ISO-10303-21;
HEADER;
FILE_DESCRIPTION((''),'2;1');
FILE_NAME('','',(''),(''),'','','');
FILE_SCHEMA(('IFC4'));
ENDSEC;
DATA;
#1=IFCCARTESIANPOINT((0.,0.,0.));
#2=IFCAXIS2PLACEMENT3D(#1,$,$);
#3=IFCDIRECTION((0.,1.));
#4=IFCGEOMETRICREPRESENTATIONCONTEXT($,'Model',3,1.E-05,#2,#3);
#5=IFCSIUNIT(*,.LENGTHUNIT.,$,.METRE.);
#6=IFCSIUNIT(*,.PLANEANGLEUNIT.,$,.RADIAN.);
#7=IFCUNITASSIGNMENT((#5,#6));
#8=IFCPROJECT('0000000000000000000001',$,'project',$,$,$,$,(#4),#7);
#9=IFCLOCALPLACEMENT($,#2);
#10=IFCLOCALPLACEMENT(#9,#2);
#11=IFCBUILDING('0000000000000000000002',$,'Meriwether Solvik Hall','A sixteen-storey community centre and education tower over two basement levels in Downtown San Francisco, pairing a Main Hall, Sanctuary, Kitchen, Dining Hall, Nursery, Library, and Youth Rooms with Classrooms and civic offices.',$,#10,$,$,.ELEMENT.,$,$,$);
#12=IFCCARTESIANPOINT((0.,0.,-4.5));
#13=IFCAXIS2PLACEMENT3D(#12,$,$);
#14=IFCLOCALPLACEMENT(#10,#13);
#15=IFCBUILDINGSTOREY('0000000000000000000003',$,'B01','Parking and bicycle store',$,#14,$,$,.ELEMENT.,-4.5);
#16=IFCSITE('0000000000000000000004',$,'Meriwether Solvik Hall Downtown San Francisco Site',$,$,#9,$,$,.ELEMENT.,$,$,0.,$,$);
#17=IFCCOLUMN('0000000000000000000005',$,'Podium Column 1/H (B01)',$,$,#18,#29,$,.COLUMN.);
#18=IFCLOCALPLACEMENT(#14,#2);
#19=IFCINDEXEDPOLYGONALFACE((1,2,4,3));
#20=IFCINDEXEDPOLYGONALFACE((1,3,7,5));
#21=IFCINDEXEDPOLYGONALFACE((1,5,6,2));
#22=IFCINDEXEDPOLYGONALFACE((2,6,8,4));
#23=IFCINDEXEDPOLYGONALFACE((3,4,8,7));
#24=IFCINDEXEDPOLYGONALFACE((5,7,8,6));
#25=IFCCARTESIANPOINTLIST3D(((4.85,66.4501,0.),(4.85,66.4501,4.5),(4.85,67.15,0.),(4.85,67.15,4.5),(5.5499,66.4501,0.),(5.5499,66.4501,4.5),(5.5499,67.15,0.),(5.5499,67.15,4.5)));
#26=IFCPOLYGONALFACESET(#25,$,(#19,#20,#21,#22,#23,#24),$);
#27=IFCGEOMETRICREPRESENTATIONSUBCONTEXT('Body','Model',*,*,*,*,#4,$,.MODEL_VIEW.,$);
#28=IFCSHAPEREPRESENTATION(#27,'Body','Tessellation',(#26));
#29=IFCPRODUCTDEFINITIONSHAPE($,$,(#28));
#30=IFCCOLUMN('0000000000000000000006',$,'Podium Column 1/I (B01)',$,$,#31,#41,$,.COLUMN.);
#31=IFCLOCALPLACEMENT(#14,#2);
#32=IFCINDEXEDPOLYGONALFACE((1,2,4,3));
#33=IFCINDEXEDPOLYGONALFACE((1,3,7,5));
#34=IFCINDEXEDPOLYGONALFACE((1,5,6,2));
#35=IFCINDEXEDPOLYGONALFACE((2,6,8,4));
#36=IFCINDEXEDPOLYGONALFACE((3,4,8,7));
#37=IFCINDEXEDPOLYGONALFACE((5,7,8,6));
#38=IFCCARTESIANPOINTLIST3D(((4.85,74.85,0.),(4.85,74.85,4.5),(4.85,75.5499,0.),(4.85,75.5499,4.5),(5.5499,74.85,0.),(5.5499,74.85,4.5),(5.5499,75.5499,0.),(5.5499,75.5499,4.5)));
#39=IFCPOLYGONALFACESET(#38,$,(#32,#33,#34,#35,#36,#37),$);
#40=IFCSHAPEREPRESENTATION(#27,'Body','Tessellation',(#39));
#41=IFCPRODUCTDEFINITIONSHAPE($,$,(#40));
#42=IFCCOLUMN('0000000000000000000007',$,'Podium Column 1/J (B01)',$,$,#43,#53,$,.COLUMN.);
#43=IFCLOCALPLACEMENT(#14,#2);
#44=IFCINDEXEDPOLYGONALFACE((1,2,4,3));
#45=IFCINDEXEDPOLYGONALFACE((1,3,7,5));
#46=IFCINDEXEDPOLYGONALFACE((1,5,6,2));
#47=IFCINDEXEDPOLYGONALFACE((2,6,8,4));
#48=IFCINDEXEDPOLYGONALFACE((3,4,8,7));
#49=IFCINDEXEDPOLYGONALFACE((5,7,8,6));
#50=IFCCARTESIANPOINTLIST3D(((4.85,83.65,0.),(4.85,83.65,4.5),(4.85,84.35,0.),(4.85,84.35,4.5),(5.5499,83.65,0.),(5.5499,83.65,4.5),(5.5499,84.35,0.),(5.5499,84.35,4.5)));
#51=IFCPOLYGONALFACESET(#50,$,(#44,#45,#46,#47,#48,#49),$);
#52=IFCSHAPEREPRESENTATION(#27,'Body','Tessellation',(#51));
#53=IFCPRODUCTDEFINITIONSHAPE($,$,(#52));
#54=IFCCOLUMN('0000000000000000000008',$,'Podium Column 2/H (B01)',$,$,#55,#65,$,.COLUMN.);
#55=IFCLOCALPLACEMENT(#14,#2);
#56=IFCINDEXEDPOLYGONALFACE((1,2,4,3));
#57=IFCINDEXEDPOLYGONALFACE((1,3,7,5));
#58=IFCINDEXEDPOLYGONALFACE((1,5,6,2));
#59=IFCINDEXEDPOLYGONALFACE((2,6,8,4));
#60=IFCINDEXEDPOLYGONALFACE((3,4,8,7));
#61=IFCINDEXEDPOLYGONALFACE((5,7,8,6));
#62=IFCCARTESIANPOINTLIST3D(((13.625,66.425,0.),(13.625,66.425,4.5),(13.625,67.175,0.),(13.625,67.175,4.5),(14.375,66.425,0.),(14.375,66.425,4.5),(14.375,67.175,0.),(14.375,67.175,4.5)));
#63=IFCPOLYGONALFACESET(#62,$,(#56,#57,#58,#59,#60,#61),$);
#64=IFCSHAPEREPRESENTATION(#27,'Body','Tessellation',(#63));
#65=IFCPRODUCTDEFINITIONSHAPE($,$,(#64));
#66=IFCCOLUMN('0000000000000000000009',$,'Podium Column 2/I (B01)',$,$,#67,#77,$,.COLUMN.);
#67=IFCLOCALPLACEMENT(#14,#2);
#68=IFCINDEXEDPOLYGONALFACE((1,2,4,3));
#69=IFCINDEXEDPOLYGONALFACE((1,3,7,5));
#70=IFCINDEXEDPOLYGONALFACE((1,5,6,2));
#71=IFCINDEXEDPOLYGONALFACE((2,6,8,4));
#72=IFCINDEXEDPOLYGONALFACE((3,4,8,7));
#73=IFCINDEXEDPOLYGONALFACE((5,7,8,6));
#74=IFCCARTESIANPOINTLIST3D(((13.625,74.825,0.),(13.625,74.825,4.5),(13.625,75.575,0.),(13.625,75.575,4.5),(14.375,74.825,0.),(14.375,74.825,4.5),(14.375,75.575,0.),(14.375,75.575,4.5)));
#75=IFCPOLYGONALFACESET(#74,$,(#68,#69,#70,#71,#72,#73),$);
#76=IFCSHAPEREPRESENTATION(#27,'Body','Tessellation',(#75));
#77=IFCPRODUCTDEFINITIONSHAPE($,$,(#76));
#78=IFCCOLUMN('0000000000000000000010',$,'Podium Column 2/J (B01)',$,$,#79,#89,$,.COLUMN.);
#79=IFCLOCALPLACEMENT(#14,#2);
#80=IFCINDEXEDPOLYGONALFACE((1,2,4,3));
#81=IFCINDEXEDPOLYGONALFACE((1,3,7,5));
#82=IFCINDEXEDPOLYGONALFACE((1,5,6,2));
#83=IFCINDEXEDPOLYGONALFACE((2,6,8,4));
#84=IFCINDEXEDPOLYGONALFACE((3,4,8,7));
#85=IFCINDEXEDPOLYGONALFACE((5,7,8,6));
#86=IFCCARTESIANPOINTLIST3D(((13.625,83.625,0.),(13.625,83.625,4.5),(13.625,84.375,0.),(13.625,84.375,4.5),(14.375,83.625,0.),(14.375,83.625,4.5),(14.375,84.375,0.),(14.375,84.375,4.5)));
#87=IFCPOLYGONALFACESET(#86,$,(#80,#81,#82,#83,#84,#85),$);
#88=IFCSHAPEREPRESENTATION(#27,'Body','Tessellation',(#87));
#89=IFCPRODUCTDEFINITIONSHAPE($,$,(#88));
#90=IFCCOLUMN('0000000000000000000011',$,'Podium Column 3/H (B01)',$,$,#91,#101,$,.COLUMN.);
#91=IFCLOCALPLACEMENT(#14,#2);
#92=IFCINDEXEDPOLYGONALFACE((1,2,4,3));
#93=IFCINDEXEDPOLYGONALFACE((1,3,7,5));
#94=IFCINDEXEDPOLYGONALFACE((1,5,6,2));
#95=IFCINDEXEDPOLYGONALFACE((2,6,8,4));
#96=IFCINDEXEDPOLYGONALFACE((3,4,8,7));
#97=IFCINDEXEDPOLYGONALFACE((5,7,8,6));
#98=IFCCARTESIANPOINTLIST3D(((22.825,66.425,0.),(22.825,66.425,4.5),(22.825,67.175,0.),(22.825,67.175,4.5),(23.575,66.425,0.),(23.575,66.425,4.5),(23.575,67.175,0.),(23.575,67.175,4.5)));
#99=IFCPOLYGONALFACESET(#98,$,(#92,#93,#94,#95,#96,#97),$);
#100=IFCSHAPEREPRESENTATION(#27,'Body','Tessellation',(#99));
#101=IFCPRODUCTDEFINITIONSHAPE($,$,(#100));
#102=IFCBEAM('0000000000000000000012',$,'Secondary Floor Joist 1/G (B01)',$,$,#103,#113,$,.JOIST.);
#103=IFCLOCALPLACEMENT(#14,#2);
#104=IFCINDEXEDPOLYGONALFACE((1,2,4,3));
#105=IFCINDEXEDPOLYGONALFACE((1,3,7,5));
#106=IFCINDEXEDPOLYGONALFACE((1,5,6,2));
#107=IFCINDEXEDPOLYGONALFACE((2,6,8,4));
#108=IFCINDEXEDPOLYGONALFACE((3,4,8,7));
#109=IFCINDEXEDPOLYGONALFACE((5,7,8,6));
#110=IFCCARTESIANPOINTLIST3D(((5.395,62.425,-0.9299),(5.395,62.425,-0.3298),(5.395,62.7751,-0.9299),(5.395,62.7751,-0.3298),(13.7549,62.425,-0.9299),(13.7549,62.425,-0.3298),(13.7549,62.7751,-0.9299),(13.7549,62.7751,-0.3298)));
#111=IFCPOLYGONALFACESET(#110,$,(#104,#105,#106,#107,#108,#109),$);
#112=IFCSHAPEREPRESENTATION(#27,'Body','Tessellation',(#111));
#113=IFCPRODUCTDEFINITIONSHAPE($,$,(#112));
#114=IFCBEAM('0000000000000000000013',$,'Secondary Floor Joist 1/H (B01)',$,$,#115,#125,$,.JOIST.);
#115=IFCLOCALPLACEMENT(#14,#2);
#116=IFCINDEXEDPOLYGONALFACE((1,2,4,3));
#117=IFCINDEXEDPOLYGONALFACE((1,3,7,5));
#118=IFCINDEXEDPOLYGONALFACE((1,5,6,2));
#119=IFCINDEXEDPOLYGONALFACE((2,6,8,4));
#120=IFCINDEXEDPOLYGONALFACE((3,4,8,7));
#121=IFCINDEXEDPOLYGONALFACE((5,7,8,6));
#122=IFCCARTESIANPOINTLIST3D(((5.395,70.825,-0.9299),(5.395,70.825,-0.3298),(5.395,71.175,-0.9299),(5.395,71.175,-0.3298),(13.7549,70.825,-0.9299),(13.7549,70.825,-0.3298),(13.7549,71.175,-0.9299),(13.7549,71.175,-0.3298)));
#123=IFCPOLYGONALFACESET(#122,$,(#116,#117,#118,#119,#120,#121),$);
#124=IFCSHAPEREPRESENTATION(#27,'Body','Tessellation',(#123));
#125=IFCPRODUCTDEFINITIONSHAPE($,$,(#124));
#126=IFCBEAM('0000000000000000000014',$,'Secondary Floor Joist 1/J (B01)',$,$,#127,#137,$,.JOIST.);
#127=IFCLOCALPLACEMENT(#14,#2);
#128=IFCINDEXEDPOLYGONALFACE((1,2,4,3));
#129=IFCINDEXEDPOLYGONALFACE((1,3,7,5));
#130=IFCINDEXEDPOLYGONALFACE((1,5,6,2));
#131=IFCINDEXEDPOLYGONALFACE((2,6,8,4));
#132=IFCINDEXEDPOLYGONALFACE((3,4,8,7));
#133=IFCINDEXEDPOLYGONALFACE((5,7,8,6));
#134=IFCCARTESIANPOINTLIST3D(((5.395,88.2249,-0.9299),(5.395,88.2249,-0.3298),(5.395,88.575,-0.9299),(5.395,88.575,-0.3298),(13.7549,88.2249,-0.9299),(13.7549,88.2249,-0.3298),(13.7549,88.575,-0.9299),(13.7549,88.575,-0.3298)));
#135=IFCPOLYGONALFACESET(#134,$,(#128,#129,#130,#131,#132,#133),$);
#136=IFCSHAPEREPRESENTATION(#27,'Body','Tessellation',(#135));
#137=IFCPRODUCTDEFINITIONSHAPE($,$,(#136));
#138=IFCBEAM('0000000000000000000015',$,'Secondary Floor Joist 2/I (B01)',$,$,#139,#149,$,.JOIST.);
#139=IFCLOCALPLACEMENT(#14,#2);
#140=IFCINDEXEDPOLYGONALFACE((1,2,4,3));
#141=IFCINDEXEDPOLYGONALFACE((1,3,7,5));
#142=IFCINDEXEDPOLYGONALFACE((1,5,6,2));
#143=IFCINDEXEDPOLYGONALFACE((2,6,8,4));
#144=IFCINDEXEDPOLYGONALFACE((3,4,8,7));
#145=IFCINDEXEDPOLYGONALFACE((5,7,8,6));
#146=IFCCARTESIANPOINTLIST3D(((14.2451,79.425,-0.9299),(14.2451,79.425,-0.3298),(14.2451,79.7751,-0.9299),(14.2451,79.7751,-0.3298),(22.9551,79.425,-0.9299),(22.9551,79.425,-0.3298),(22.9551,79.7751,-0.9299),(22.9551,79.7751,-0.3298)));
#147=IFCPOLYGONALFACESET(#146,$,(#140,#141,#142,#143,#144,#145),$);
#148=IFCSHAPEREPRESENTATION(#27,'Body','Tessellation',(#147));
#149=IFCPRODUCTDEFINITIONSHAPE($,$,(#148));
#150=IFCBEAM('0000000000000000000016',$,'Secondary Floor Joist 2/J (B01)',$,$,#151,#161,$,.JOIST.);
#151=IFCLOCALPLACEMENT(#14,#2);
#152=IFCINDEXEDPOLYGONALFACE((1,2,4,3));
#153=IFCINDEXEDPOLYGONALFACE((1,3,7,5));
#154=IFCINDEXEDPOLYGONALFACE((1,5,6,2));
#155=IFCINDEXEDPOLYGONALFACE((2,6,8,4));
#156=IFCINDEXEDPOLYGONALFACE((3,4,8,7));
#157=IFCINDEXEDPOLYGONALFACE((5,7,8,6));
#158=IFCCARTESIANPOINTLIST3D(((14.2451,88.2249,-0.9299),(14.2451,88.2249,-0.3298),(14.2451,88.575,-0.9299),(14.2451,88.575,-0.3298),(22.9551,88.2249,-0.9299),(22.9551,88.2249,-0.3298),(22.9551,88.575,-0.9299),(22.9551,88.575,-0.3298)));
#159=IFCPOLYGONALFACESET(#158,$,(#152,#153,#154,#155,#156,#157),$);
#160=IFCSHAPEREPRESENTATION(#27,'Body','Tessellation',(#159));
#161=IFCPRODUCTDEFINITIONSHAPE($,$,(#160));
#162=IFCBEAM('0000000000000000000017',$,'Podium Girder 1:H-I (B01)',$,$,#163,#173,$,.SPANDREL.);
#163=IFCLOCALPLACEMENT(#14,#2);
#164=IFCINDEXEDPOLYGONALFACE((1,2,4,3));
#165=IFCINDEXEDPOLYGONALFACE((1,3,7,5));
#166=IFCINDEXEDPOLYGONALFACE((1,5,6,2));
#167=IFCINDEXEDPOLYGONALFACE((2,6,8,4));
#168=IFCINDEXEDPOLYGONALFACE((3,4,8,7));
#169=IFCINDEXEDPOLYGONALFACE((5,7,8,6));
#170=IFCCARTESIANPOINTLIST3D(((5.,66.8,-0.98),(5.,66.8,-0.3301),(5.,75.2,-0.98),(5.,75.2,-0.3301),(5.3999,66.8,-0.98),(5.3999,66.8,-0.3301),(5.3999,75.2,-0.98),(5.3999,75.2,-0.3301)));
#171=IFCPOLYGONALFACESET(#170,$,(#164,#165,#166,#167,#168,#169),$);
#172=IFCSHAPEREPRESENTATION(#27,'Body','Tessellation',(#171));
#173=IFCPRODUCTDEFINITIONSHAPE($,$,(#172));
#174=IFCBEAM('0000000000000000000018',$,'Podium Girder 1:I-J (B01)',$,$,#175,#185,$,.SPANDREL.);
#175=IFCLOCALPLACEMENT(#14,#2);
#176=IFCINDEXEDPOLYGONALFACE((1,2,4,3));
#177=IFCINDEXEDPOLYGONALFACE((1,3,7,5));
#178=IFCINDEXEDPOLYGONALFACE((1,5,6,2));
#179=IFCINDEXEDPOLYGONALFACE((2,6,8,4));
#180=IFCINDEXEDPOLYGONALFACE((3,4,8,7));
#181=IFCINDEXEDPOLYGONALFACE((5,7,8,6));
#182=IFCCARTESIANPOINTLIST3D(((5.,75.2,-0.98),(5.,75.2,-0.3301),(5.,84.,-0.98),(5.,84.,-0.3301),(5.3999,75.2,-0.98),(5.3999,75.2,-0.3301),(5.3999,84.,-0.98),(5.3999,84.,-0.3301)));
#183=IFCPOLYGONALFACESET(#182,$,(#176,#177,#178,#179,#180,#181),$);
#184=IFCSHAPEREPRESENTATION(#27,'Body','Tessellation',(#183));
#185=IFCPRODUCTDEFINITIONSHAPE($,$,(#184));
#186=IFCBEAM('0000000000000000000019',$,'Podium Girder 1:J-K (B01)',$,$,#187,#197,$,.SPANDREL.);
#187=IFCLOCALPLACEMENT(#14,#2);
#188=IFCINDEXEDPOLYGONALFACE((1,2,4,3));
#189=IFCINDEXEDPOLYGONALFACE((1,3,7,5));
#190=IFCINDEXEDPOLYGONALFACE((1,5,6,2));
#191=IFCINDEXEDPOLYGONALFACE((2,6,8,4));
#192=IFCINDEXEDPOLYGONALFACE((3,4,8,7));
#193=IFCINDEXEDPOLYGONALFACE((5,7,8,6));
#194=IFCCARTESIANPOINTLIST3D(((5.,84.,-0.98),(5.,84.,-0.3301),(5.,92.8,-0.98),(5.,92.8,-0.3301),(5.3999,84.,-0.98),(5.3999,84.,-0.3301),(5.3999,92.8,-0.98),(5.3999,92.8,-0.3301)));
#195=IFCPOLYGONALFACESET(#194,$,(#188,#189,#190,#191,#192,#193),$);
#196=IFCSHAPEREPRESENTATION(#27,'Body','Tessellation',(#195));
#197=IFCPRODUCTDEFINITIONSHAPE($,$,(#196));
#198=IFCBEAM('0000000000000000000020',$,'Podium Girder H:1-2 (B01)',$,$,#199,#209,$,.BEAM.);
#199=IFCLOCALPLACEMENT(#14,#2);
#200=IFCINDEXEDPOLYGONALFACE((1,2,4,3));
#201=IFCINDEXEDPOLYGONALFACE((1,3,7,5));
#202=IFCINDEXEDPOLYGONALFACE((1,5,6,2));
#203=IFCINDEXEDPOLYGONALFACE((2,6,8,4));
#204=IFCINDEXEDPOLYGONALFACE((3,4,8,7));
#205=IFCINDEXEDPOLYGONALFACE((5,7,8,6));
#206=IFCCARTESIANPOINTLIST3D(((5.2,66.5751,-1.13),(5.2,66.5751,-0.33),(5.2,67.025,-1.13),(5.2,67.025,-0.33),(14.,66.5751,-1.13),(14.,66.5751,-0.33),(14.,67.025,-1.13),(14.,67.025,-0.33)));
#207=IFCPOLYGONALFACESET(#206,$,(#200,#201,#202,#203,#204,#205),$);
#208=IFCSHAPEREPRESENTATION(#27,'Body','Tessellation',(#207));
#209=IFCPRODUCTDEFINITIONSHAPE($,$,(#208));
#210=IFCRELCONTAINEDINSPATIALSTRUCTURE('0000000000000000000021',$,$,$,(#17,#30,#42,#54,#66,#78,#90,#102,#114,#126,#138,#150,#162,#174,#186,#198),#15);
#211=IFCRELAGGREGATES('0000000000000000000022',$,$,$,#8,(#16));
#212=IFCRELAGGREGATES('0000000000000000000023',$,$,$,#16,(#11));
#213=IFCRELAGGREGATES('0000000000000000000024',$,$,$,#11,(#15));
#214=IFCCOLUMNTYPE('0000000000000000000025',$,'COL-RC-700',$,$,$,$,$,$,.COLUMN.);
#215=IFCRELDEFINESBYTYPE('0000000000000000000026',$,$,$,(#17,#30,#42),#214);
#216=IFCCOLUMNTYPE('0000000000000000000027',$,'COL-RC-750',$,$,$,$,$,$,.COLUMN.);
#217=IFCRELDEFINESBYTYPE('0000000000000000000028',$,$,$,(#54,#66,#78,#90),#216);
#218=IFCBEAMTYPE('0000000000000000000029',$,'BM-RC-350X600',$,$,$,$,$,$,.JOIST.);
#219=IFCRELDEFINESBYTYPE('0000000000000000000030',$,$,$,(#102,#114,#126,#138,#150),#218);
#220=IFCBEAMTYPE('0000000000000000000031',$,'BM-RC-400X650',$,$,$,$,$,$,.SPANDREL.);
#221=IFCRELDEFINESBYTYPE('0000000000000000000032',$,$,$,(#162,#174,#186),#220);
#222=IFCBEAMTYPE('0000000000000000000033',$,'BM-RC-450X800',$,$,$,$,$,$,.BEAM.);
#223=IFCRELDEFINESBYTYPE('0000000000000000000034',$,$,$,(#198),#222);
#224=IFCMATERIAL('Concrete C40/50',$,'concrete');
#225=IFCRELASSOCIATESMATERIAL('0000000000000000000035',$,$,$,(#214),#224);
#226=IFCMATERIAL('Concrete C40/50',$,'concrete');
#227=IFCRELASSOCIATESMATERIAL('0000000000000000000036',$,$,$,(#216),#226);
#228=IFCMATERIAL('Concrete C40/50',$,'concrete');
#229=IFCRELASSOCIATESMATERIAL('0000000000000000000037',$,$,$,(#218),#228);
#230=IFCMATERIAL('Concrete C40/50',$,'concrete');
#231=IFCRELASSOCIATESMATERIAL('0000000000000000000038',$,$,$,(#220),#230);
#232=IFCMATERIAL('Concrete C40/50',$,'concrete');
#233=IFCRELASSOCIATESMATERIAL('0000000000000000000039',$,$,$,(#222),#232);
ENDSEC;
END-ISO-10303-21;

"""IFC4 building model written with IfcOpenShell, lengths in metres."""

from ifc_helpers import new_model, si_unit, direction, frame, origin, origin_2d, place, context, subcontext, project, spatial, rectangle, extrude, material, material_profile, profile_set, type_object, element, save


model = new_model("IFC4")

# Units and contexts
model_context = context("Model", 3, precision=1e-05, world=origin(), true_north=direction((0.0, 1.0)))
body_context = subcontext(model_context, "Body", "Model", "MODEL_VIEW")
ifc_project = project(units=[si_unit("LENGTHUNIT", "METRE"), si_unit("PLANEANGLEUNIT", "RADIAN")], contexts=[model_context])

# Site, building, storey
site_placement = place(None, origin())
site = spatial("IfcSite", under=ifc_project, at=site_placement, Name="Meriwether Solvik Hall Downtown San Francisco Site", CompositionType="ELEMENT", RefElevation=0.0)
building_placement = place(site_placement, origin())
building = spatial("IfcBuilding", under=site, at=building_placement, Name="Meriwether Solvik Hall", Description="A sixteen-storey community centre and education tower over two basement levels in Downtown San Francisco, pairing a Main Hall, Sanctuary, Kitchen, Dining Hall, Nursery, Library, and Youth Rooms with Classrooms and civic offices.", CompositionType="ELEMENT")
storey_placement = place(building_placement, frame((0.0, 0.0, -4.5)))
storey = spatial("IfcBuildingStorey", under=building, at=storey_placement, Name="B01", Description="Parking and bicycle store", CompositionType="ELEMENT", Elevation=-4.5)

# Columns
ifc_material_1 = material(Name="Concrete C40/50", Category="concrete")
ifc_material_profile_1 = material_profile(ifc_material_1, rectangle(XDim=0.7, YDim=0.7, at=origin_2d()), Name="RCC-700X700")
ifc_profile_set_1 = profile_set([ifc_material_profile_1], Name="Concrete C40/50")
column_type_1 = type_object("IfcColumnType", Name="COL-RC-700", PredefinedType="COLUMN", material=ifc_profile_set_1)
for number, where, z_axis, x_axis, name in (
    (1, (5.2, 66.8, 0.0), (0.0, 0.0, 1.0), (1.0, 0.0, 0.0), "Podium Column 1/H (B01)"),
    (2, (5.2, 75.2, 0.0), (0.0, 0.0, 1.0), (1.0, 0.0, 0.0), "Podium Column 1/I (B01)"),
    (3, (5.2, 84.0, 0.0), (0.0, 0.0, 1.0), (1.0, 0.0, 0.0), "Podium Column 1/J (B01)"),
):
    element("IfcColumn", number, at=place(storey_placement, frame(where, z_axis=z_axis, x_axis=x_axis)), inside=storey, type_object=column_type_1, Name=name, PredefinedType="COLUMN", context=body_context, shape_type="SweptSolid", body=[
        extrude(rectangle(XDim=0.7, YDim=0.7, at=origin_2d()), origin(), (0.0, 0.0, 1.0), 4.5),
    ])
ifc_material_2 = material(Name="Concrete C40/50", Category="concrete")
ifc_material_profile_2 = material_profile(ifc_material_2, rectangle(XDim=0.75, YDim=0.75, at=origin_2d()), Name="RCC-750X750")
ifc_profile_set_2 = profile_set([ifc_material_profile_2], Name="Concrete C40/50")
column_type_2 = type_object("IfcColumnType", Name="COL-RC-750", PredefinedType="COLUMN", material=ifc_profile_set_2)
for number, where, z_axis, x_axis, name in (
    (4, (14.0, 66.8, 0.0), (0.0, 0.0, 1.0), (1.0, 0.0, 0.0), "Podium Column 2/H (B01)"),
    (5, (14.0, 75.2, 0.0), (0.0, 0.0, 1.0), (1.0, 0.0, 0.0), "Podium Column 2/I (B01)"),
    (6, (14.0, 84.0, 0.0), (0.0, 0.0, 1.0), (1.0, 0.0, 0.0), "Podium Column 2/J (B01)"),
    (7, (23.2, 66.8, 0.0), (0.0, 0.0, 1.0), (1.0, 0.0, 0.0), "Podium Column 3/H (B01)"),
):
    element("IfcColumn", number, at=place(storey_placement, frame(where, z_axis=z_axis, x_axis=x_axis)), inside=storey, type_object=column_type_2, Name=name, PredefinedType="COLUMN", context=body_context, shape_type="SweptSolid", body=[
        extrude(rectangle(XDim=0.75, YDim=0.75, at=origin_2d()), origin(), (0.0, 0.0, 1.0), 4.5),
    ])

# Beams
ifc_material_3 = material(Name="Concrete C40/50", Category="concrete")
ifc_material_profile_3 = material_profile(ifc_material_3, rectangle(XDim=0.3501, YDim=0.6001, at=origin_2d()), Name="RCB-350X600")
ifc_profile_set_3 = profile_set([ifc_material_profile_3], Name="Concrete C40/50")
beam_type_1 = type_object("IfcBeamType", Name="BM-RC-350X600", PredefinedType="JOIST", material=ifc_profile_set_3)
for number, where, z_axis, x_axis, name in (
    (8, (5.395, 62.6001, -0.6299), (1.0, 0.0, 0.0), (0.0, 1.0, 0.0), "Secondary Floor Joist 1/G (B01)"),
    (9, (5.395, 71.0, -0.6299), (1.0, 0.0, 0.0), (0.0, 1.0, 0.0), "Secondary Floor Joist 1/H (B01)"),
    (10, (5.395, 88.3999, -0.6299), (1.0, 0.0, 0.0), (0.0, 1.0, 0.0), "Secondary Floor Joist 1/J (B01)"),
):
    element("IfcBeam", number, at=place(storey_placement, frame(where, z_axis=z_axis, x_axis=x_axis)), inside=storey, type_object=beam_type_1, Name=name, PredefinedType="JOIST", context=body_context, shape_type="SweptSolid", body=[
        extrude(rectangle(XDim=0.3501, YDim=0.6001, at=origin_2d()), origin(), (0.0, 0.0, 1.0), 8.3599),
    ])
for number, where, z_axis, x_axis, name in (
    (11, (14.2451, 79.6001, -0.6299), (1.0, 0.0, 0.0), (0.0, 1.0, 0.0), "Secondary Floor Joist 2/I (B01)"),
    (12, (14.2451, 88.3999, -0.6299), (1.0, 0.0, 0.0), (0.0, 1.0, 0.0), "Secondary Floor Joist 2/J (B01)"),
):
    element("IfcBeam", number, at=place(storey_placement, frame(where, z_axis=z_axis, x_axis=x_axis)), inside=storey, type_object=beam_type_1, Name=name, PredefinedType="JOIST", context=body_context, shape_type="SweptSolid", body=[
        extrude(rectangle(XDim=0.3501, YDim=0.6001, at=origin_2d()), origin(), (0.0, 0.0, 1.0), 8.71),
    ])
ifc_material_4 = material(Name="Concrete C40/50", Category="concrete")
ifc_material_profile_4 = material_profile(ifc_material_4, rectangle(XDim=0.3999, YDim=0.6499, at=origin_2d()), Name="RCB-400X650")
ifc_profile_set_4 = profile_set([ifc_material_profile_4], Name="Concrete C40/50")
beam_type_2 = type_object("IfcBeamType", Name="BM-RC-400X650", PredefinedType="SPANDREL", material=ifc_profile_set_4)
beam_1_placement = place(storey_placement, frame((5.2, 66.8, -0.655), z_axis=(0.0, 1.0, 0.0), x_axis=(-1.0, 0.0, 0.0)))
element("IfcBeam", 13, at=beam_1_placement, inside=storey, type_object=beam_type_2, Name="Podium Girder 1:H-I (B01)", PredefinedType="SPANDREL", context=body_context, shape_type="SweptSolid", body=[
    extrude(rectangle(XDim=0.3999, YDim=0.6499, at=origin_2d()), origin(), (0.0, 0.0, 1.0), 8.3999),
])
for number, where, z_axis, x_axis, name in (
    (14, (5.2, 75.2, -0.655), (0.0, 1.0, 0.0), (-1.0, 0.0, 0.0), "Podium Girder 1:I-J (B01)"),
    (15, (5.2, 84.0, -0.655), (0.0, 1.0, 0.0), (-1.0, 0.0, 0.0), "Podium Girder 1:J-K (B01)"),
):
    element("IfcBeam", number, at=place(storey_placement, frame(where, z_axis=z_axis, x_axis=x_axis)), inside=storey, type_object=beam_type_2, Name=name, PredefinedType="SPANDREL", context=body_context, shape_type="SweptSolid", body=[
        extrude(rectangle(XDim=0.3999, YDim=0.6499, at=origin_2d()), origin(), (0.0, 0.0, 1.0), 8.8),
    ])
ifc_material_5 = material(Name="Concrete C40/50", Category="concrete")
ifc_material_profile_5 = material_profile(ifc_material_5, rectangle(XDim=0.45, YDim=0.8, at=origin_2d()), Name="RCB-450X800")
ifc_profile_set_5 = profile_set([ifc_material_profile_5], Name="Concrete C40/50")
beam_type_3 = type_object("IfcBeamType", Name="BM-RC-450X800", PredefinedType="BEAM", material=ifc_profile_set_5)
beam_2_placement = place(storey_placement, frame((5.2, 66.8, -0.73), z_axis=(1.0, 0.0, 0.0), x_axis=(0.0, 1.0, 0.0)))
element("IfcBeam", 16, at=beam_2_placement, inside=storey, type_object=beam_type_3, Name="Podium Girder H:1-2 (B01)", PredefinedType="BEAM", context=body_context, shape_type="SweptSolid", body=[
    extrude(rectangle(XDim=0.45, YDim=0.8, at=origin_2d()), origin(), (0.0, 0.0, 1.0), 8.8),
])

save(model, "model.ifc")
